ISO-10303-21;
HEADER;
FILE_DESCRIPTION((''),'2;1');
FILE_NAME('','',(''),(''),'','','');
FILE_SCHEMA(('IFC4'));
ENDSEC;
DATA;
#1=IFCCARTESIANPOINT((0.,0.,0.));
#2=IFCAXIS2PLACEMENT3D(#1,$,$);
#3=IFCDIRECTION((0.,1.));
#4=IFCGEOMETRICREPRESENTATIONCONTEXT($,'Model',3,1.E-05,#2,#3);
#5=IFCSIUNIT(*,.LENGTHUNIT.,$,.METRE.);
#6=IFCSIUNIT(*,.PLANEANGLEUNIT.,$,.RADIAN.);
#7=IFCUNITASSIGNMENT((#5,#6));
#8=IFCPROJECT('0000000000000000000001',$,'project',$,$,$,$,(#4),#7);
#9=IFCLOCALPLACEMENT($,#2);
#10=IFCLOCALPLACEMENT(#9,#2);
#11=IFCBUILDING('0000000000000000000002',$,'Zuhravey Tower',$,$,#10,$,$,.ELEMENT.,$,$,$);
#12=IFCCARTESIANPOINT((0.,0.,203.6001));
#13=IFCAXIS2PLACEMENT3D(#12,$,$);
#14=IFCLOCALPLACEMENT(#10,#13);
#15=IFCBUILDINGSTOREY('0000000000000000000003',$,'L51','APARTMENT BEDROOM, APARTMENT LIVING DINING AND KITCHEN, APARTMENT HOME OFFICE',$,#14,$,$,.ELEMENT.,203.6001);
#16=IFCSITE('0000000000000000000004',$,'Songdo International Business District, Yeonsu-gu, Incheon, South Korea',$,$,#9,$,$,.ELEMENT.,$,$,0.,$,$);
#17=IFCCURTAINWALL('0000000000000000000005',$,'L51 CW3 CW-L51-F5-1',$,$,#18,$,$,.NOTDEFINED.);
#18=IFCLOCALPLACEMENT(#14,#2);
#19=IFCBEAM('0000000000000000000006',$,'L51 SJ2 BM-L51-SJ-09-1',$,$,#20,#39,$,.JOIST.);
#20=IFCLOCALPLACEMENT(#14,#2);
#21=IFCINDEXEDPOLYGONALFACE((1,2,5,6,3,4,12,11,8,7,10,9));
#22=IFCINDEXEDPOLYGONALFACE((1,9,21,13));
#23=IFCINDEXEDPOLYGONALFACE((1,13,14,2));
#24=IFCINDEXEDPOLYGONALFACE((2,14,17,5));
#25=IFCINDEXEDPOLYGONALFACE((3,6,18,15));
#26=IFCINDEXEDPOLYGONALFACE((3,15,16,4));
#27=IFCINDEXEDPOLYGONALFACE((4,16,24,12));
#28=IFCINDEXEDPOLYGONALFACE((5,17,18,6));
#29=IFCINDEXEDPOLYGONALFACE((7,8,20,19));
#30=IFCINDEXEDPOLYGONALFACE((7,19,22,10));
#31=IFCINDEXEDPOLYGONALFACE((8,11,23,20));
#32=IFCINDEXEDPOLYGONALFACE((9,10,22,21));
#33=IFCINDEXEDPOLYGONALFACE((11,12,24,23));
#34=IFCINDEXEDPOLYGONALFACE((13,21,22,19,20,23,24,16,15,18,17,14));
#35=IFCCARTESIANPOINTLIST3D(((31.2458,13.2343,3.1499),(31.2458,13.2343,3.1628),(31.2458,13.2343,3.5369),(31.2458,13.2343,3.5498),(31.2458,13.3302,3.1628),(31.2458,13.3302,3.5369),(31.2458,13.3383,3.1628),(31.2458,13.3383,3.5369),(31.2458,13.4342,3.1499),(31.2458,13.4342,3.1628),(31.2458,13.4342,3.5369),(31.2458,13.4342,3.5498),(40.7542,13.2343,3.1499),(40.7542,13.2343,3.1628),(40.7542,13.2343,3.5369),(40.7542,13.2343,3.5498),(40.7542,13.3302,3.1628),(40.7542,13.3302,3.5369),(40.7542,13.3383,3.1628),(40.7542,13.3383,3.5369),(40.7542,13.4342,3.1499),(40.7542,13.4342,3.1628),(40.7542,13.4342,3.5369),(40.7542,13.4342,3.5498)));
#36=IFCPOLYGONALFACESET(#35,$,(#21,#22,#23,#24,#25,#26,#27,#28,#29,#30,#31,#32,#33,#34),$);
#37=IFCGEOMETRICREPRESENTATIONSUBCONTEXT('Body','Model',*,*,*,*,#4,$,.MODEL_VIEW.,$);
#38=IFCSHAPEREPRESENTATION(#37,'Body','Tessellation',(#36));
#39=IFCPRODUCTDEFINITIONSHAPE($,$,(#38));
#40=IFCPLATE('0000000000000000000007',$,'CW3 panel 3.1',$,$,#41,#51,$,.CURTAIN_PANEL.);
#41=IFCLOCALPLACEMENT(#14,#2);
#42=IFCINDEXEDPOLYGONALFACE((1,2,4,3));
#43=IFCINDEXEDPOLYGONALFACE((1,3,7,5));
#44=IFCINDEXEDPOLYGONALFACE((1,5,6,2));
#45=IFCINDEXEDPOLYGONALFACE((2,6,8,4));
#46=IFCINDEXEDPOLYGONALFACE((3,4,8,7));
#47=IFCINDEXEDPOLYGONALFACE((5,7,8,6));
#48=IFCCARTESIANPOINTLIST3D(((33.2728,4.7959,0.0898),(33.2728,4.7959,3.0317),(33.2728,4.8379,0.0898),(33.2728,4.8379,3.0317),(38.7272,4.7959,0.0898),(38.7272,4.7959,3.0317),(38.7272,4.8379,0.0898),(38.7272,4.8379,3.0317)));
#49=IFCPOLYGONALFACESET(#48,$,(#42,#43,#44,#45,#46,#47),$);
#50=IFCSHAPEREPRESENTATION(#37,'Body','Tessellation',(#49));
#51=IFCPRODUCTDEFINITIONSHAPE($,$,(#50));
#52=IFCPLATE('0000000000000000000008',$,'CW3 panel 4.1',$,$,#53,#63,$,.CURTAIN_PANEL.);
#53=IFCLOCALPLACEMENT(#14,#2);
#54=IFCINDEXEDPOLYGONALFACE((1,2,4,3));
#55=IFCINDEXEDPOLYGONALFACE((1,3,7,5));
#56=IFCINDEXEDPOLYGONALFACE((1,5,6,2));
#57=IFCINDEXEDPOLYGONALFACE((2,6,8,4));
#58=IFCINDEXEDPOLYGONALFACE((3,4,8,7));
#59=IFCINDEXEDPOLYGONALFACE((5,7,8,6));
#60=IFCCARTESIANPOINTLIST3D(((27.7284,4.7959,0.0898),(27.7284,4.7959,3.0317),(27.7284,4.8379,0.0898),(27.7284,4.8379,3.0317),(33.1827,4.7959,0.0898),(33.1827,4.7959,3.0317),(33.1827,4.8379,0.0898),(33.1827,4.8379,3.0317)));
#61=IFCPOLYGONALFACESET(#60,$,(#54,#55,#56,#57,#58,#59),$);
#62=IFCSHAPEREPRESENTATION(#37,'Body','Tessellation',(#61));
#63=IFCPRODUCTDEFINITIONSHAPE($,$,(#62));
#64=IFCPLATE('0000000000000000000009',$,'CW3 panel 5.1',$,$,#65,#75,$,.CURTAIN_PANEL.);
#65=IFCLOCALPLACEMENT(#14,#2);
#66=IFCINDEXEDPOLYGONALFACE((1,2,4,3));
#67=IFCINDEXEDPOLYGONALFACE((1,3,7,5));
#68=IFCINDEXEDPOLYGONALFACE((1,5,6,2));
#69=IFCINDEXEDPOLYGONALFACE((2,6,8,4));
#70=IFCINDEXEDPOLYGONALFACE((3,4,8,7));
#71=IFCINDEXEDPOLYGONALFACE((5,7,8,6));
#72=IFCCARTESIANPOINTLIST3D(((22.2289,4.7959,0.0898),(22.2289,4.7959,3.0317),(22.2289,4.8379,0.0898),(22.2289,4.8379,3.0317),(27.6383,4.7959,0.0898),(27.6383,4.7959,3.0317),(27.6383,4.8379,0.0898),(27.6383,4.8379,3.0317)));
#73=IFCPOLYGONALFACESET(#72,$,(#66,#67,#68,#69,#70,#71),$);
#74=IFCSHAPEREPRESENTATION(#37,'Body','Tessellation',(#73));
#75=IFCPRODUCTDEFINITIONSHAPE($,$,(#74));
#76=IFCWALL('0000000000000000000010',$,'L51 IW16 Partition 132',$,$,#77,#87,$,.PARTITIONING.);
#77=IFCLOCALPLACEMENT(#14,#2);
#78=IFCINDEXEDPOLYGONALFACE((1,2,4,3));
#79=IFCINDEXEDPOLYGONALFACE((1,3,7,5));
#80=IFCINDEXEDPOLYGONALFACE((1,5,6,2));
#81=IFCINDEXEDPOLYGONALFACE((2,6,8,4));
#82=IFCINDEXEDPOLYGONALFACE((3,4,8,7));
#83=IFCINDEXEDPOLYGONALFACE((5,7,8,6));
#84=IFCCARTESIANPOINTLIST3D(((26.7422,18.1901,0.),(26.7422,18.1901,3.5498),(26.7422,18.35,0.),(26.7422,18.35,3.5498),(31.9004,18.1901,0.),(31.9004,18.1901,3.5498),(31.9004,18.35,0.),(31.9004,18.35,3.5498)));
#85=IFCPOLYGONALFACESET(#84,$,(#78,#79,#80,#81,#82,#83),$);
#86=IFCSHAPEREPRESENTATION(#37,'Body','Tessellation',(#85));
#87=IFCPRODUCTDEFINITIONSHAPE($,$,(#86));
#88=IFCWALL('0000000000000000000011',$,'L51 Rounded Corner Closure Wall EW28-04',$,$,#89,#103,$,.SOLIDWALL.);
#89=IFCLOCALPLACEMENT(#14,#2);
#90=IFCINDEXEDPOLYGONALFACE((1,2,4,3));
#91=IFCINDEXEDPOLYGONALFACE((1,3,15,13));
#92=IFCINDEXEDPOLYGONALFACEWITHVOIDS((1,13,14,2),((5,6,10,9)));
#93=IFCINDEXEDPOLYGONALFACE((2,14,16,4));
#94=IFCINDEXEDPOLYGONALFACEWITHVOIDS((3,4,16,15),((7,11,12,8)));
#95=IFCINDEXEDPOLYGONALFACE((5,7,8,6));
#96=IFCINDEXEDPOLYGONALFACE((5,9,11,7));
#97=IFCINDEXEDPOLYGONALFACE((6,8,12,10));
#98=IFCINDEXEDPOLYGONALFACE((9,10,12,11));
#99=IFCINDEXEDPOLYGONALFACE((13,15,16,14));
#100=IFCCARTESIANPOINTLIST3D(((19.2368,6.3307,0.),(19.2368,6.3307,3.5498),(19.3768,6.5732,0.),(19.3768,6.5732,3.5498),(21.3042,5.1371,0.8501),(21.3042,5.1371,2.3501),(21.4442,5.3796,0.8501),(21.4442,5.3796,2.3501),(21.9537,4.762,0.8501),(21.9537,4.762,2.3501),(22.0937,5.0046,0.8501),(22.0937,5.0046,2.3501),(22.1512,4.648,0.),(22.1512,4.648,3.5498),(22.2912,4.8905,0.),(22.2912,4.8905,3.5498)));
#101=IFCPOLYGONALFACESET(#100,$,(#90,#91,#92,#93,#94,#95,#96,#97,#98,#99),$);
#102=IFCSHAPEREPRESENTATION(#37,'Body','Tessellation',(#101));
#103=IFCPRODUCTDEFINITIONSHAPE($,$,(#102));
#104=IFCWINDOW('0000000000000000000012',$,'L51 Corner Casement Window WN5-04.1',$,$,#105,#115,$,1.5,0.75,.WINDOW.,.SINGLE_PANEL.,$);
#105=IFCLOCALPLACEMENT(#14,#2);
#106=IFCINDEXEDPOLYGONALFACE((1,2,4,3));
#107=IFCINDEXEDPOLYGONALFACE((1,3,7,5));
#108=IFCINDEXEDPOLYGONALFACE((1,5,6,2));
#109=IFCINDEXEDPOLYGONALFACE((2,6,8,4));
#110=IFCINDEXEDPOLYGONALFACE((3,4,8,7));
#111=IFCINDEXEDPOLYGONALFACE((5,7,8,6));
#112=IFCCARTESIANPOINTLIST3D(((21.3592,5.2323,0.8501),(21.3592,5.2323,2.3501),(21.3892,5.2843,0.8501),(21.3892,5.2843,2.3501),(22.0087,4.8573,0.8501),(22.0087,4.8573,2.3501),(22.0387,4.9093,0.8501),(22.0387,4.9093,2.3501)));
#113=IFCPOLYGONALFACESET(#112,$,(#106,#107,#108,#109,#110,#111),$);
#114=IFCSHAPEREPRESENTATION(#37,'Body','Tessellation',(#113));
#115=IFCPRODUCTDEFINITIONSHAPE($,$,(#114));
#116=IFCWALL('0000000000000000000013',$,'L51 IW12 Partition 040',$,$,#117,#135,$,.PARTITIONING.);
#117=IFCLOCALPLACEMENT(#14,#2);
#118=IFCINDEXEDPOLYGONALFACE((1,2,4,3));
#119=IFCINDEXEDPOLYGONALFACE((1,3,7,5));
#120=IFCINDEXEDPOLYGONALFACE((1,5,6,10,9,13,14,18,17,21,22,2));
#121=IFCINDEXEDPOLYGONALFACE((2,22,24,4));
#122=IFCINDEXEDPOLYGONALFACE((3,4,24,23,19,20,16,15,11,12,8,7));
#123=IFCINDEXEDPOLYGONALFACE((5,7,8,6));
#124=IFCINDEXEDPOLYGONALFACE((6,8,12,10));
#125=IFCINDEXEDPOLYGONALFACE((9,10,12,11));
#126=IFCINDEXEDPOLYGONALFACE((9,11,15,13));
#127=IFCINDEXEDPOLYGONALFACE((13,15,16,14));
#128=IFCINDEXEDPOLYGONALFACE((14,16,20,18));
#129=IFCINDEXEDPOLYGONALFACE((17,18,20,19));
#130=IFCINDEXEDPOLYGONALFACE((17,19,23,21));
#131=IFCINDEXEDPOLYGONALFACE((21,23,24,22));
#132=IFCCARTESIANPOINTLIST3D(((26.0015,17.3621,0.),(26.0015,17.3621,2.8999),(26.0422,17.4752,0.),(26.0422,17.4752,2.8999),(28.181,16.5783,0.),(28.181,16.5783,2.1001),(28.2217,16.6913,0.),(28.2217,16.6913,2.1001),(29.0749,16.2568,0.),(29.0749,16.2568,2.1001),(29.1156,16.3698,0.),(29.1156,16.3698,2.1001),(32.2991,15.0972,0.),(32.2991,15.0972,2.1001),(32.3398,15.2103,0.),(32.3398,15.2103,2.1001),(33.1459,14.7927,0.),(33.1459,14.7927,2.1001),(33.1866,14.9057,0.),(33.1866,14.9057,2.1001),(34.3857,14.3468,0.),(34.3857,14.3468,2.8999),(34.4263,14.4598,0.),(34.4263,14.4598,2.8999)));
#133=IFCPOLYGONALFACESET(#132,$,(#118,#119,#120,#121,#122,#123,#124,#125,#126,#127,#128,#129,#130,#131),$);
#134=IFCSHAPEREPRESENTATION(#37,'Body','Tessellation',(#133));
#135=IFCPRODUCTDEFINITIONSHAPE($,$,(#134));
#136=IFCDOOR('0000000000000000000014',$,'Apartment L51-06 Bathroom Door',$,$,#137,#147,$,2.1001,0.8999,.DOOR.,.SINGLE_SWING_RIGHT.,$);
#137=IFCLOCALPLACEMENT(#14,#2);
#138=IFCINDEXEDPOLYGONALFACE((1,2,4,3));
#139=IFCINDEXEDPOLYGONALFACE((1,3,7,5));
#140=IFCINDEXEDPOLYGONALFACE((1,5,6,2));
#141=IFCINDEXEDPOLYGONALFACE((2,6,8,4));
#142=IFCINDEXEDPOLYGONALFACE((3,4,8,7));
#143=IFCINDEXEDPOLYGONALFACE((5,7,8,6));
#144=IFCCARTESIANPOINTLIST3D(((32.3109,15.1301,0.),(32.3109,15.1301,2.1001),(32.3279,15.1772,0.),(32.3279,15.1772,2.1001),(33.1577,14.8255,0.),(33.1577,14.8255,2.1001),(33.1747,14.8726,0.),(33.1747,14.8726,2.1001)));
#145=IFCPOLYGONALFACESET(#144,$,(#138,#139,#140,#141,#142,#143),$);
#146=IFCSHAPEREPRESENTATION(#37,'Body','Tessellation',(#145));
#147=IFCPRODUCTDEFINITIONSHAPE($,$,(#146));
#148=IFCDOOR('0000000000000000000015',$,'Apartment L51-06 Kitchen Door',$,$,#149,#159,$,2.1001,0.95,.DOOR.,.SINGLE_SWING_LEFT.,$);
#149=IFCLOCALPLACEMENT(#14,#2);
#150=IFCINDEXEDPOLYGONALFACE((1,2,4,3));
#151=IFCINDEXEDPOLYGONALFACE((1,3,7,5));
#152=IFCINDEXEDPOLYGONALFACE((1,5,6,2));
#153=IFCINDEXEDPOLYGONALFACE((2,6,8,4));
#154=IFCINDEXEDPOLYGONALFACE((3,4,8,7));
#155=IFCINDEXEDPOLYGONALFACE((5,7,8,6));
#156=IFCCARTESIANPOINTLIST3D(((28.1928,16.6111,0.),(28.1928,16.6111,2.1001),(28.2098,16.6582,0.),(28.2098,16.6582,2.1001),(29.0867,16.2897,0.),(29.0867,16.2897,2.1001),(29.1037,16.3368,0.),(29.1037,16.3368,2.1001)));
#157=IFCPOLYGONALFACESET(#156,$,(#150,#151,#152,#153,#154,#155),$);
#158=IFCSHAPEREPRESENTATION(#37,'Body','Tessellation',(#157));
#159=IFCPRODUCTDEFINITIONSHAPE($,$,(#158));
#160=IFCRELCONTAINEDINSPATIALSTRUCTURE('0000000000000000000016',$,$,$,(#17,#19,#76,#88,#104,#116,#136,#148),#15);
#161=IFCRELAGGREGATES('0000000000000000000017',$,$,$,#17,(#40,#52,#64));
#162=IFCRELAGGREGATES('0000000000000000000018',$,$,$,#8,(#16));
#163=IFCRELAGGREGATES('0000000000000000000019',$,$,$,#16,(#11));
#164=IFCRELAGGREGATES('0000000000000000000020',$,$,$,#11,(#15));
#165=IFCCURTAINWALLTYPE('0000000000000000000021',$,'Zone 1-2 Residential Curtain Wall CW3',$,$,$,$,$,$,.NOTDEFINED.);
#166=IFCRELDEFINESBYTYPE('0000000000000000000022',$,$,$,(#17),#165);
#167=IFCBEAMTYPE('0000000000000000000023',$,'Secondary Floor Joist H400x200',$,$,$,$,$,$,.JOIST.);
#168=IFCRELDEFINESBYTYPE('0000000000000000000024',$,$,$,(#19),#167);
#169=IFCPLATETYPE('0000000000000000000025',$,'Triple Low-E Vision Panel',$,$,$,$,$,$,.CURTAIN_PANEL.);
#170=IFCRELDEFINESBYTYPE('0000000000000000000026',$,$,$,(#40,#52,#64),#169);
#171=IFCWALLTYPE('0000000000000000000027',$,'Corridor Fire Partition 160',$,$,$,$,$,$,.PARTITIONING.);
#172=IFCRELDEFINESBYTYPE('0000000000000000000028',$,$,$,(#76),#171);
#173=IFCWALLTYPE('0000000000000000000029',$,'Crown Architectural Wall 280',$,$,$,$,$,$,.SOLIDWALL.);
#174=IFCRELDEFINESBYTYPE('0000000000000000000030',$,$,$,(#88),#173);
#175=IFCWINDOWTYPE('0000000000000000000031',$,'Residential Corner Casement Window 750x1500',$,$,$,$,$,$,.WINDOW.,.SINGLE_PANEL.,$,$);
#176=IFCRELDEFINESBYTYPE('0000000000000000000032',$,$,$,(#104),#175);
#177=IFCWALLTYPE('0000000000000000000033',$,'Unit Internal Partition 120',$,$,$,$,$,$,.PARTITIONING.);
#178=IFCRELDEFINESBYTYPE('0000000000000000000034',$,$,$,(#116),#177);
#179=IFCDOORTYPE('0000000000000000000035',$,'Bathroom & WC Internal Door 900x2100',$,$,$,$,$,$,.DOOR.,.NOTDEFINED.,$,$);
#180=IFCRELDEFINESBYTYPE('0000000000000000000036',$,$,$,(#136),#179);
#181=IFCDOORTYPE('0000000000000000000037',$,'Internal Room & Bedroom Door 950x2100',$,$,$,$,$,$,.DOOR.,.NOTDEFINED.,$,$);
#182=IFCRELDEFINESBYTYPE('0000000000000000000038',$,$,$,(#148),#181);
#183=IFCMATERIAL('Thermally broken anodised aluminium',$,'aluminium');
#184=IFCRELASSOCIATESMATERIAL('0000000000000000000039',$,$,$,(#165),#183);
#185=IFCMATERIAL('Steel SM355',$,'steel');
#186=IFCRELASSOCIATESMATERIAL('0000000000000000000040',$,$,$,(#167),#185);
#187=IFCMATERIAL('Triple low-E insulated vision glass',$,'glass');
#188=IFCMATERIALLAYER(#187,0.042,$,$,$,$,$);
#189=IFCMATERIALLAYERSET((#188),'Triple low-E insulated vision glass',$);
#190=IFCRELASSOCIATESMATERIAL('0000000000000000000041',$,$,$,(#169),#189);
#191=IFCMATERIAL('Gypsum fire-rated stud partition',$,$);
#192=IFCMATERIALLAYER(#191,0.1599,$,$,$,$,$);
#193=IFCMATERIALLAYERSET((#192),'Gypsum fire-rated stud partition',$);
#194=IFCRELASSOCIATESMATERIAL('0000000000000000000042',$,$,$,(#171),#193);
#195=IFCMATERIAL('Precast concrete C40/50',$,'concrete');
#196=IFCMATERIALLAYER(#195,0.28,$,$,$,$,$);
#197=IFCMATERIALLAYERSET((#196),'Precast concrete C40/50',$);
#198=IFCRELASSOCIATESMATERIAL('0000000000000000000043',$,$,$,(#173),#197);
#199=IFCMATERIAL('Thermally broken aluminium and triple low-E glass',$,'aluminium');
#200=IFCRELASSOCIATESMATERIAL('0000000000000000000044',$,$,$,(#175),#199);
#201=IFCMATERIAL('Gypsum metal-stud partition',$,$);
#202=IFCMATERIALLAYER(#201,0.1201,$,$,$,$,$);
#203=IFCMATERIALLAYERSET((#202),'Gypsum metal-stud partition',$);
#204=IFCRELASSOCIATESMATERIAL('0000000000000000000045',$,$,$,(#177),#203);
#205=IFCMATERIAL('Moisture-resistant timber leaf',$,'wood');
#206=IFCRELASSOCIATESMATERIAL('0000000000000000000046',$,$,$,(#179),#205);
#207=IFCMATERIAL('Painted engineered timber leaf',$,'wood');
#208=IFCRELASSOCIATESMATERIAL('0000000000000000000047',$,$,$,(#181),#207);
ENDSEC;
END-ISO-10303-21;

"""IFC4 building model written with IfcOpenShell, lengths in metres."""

from ifc_helpers import new_model, si_unit, direction, frame, frame_2d, origin, origin_2d, place, context, subcontext, project, spatial, rectangle, i_section, extrude, material, layer, layer_set, material_profile, profile_set, type_object, element, fill, aggregate, save


model = new_model("IFC4")

# Units and contexts
model_context = context("Model", 3, precision=1e-05, world=origin(), true_north=direction((0.0, 1.0)))
body_context = subcontext(model_context, "Body", "Model", "MODEL_VIEW")
ifc_project = project(units=[si_unit("LENGTHUNIT", "METRE"), si_unit("PLANEANGLEUNIT", "RADIAN")], contexts=[model_context])

# Site, building, storey
site_placement = place(None, origin())
site = spatial("IfcSite", under=ifc_project, at=site_placement, Name="Songdo International Business District, Yeonsu-gu, Incheon, South Korea", CompositionType="ELEMENT", RefElevation=0.0)
building_placement = place(site_placement, origin())
building = spatial("IfcBuilding", under=site, at=building_placement, Name="Zuhravey Tower", CompositionType="ELEMENT")
storey_placement = place(building_placement, frame((0.0, 0.0, 203.6001)))
storey = spatial("IfcBuildingStorey", under=building, at=storey_placement, Name="L51", Description="APARTMENT BEDROOM, APARTMENT LIVING DINING AND KITCHEN, APARTMENT HOME OFFICE", CompositionType="ELEMENT", Elevation=203.6001)

# Curtain wall
ifc_material_1 = material(Name="Thermally broken anodised aluminium", Category="aluminium")
curtain_wall_type = type_object("IfcCurtainWallType", Name="Zone 1-2 Residential Curtain Wall CW3", PredefinedType="NOTDEFINED", material=ifc_material_1)
curtain_wall_placement = place(storey_placement, origin())
curtain_wall = element("IfcCurtainWall", 1, at=curtain_wall_placement, inside=storey, type_object=curtain_wall_type, Name="L51 CW3 CW-L51-F5-1", PredefinedType="NOTDEFINED")

# Beam
ifc_material_2 = material(Name="Steel SM355", Category="steel")
ifc_material_profile_1 = material_profile(ifc_material_2, i_section(OverallWidth=0.2, OverallDepth=0.3999, WebThickness=0.0081, FlangeThickness=0.0129, at=origin_2d()), Name="H-400x200x8x13")
ifc_profile_set_1 = profile_set([ifc_material_profile_1], Name="Steel SM355")
beam_type_1 = type_object("IfcBeamType", Name="Secondary Floor Joist H400x200", PredefinedType="JOIST", material=ifc_profile_set_1)
beam_1_placement = place(storey_placement, frame((31.2458, 13.3342, 3.3499), z_axis=(1.0, 0.0, 0.0), x_axis=(0.0, 1.0, 0.0)))
element("IfcBeam", 2, at=beam_1_placement, inside=storey, type_object=beam_type_1, Name="L51 SJ2 BM-L51-SJ-09-1", PredefinedType="JOIST", context=body_context, shape_type="SweptSolid", body=[
    extrude(i_section(OverallWidth=0.2, OverallDepth=0.3999, WebThickness=0.0081, FlangeThickness=0.0129, at=origin_2d()), origin(), (0.0, 0.0, 1.0), 9.5083),
])

# Plates
ifc_material_3 = material(Name="Triple low-E insulated vision glass", Category="glass")
ifc_layer_1 = layer(ifc_material_3, 0.042)
ifc_layer_set_1 = layer_set([ifc_layer_1], Name="Triple low-E insulated vision glass")
plate_type = type_object("IfcPlateType", Name="Triple Low-E Vision Panel", PredefinedType="CURTAIN_PANEL", material=ifc_layer_set_1)
plate_1_placement = place(storey_placement, frame((36.0, 4.8169, 0.0898), z_axis=(0.0, 0.0, 1.0), x_axis=(-1.0, 0.0, 0.0)))
plate_1 = element("IfcPlate", 3, at=plate_1_placement, type_object=plate_type, Name="CW3 panel 3.1", PredefinedType="CURTAIN_PANEL", context=body_context, shape_type="SweptSolid", body=[
    extrude(rectangle(XDim=5.4543, YDim=0.042, at=origin_2d()), origin(), (0.0, 0.0, 1.0), 2.9419),
])
plate_2_placement = place(storey_placement, frame((30.4556, 4.8169, 0.0898), z_axis=(0.0, 0.0, 1.0), x_axis=(-1.0, 0.0, 0.0)))
plate_2 = element("IfcPlate", 4, at=plate_2_placement, type_object=plate_type, Name="CW3 panel 4.1", PredefinedType="CURTAIN_PANEL", context=body_context, shape_type="SweptSolid", body=[
    extrude(rectangle(XDim=5.4543, YDim=0.042, at=origin_2d()), origin(), (0.0, 0.0, 1.0), 2.9419),
])
plate_3_placement = place(storey_placement, frame((24.9336, 4.8169, 0.0898), z_axis=(0.0, 0.0, 1.0), x_axis=(-1.0, 0.0, 0.0)))
plate_3 = element("IfcPlate", 5, at=plate_3_placement, type_object=plate_type, Name="CW3 panel 5.1", PredefinedType="CURTAIN_PANEL", context=body_context, shape_type="SweptSolid", body=[
    extrude(rectangle(XDim=5.4094, YDim=0.042, at=origin_2d()), origin(), (0.0, 0.0, 1.0), 2.9419),
])
aggregate(curtain_wall, [plate_1, plate_2, plate_3])

# Wall
ifc_material_4 = material(Name="Gypsum fire-rated stud partition")
ifc_layer_2 = layer(ifc_material_4, 0.1599)
ifc_layer_set_2 = layer_set([ifc_layer_2], Name="Gypsum fire-rated stud partition")
wall_type_1 = type_object("IfcWallType", Name="Corridor Fire Partition 160", PredefinedType="PARTITIONING", material=ifc_layer_set_2)
wall_1_placement = place(storey_placement, frame((26.7422, 18.27, 0.0), z_axis=(0.0, 0.0, 1.0), x_axis=(1.0, 0.0, 0.0)))
element("IfcWall", 6, at=wall_1_placement, inside=storey, type_object=wall_type_1, Name="L51 IW16 Partition 132", PredefinedType="PARTITIONING", context=body_context, shape_type="SweptSolid", body=[
    extrude(rectangle(XDim=5.1582, YDim=0.1599, at=frame_2d((2.5791, 0.0))), origin(), (0.0, 0.0, 1.0), 3.5498),
])

# Wall, opening, window
ifc_material_5 = material(Name="Precast concrete C40/50", Category="concrete")
ifc_layer_3 = layer(ifc_material_5, 0.28)
ifc_layer_set_3 = layer_set([ifc_layer_3], Name="Precast concrete C40/50")
wall_type_2 = type_object("IfcWallType", Name="Crown Architectural Wall 280", PredefinedType="SOLIDWALL", material=ifc_layer_set_3)
wall_2_placement = place(storey_placement, frame((22.2212, 4.7693, 0.0), z_axis=(0.0, 0.0, 1.0), x_axis=(-0.86602, 0.500009, 0.0)))
wall_2 = element("IfcWall", 7, at=wall_2_placement, inside=storey, type_object=wall_type_2, Name="L51 Rounded Corner Closure Wall EW28-04", PredefinedType="SOLIDWALL", context=body_context, shape_type="SweptSolid", body=[
    extrude(rectangle(XDim=3.3652, YDim=0.28, at=frame_2d((1.6826, 0.0))), origin(), (0.0, 0.0, 1.0), 3.5498),
])
opening_1_placement = place(wall_2_placement, frame((0.228, 0.0, 0.8501)))
opening_1 = element("IfcOpeningElement", 8, at=opening_1_placement, cuts=wall_2, PredefinedType="OPENING", context=body_context, shape_type="SweptSolid", body=[
    extrude(rectangle(XDim=0.75, YDim=1.5, at=frame_2d((0.375, 0.75))), frame((0.0, 0.1521, 0.0), z_axis=(0.0, -1.0, 0.0), x_axis=(1.0, 0.0, 0.0)), (0.0, 0.0, 1.0), 0.304),
])
ifc_material_6 = material(Name="Thermally broken aluminium and triple low-E glass", Category="aluminium")
window_type = type_object("IfcWindowType", Name="Residential Corner Casement Window 750x1500", PartitioningType="SINGLE_PANEL", PredefinedType="WINDOW", material=ifc_material_6)
window_placement = place(opening_1_placement, origin())
window = element("IfcWindow", 9, at=window_placement, inside=storey, type_object=window_type, Name="L51 Corner Casement Window WN5-04.1", OverallHeight=1.5, OverallWidth=0.75, PartitioningType="SINGLE_PANEL", PredefinedType="WINDOW", context=body_context, shape_type="SweptSolid", body=[
    extrude(rectangle(XDim=0.75, YDim=1.5, at=frame_2d((0.375, 0.75))), frame((0.0, 0.03, 0.0), z_axis=(0.0, -1.0, 0.0), x_axis=(1.0, 0.0, 0.0)), (0.0, 0.0, 1.0), 0.0601),
])
fill(opening_1, window)

# Wall, openings, doors
ifc_material_7 = material(Name="Gypsum metal-stud partition")
ifc_layer_4 = layer(ifc_material_7, 0.1201)
ifc_layer_set_4 = layer_set([ifc_layer_4], Name="Gypsum metal-stud partition")
wall_type_3 = type_object("IfcWallType", Name="Unit Internal Partition 120", PredefinedType="PARTITIONING", material=ifc_layer_set_4)
wall_3_placement = place(storey_placement, frame((26.0217, 17.4187, 0.0), z_axis=(0.0, 0.0, 1.0), x_axis=(0.940993, -0.338425, 0.0)))
wall_3 = element("IfcWall", 10, at=wall_3_placement, inside=storey, type_object=wall_type_3, Name="L51 IW12 Partition 040", PredefinedType="PARTITIONING", context=body_context, shape_type="SweptSolid", body=[
    extrude(rectangle(XDim=8.9099, YDim=0.1201, at=frame_2d((4.4551, 0.0))), origin(), (0.0, 0.0, 1.0), 2.8999),
])
opening_2_placement = place(wall_3_placement, frame((2.3162, 0.0, 0.0)))
opening_2 = element("IfcOpeningElement", 11, at=opening_2_placement, cuts=wall_3, PredefinedType="OPENING", context=body_context, shape_type="SweptSolid", body=[
    extrude(rectangle(XDim=0.95, YDim=2.1001, at=frame_2d((0.4751, 1.05))), frame((0.0, 0.072, 0.0), z_axis=(0.0, -1.0, 0.0), x_axis=(1.0, 0.0, 0.0)), (0.0, 0.0, 1.0), 0.144),
])
opening_3_placement = place(wall_3_placement, frame((6.6926, 0.0, 0.0)))
opening_3 = element("IfcOpeningElement", 12, at=opening_3_placement, cuts=wall_3, PredefinedType="OPENING", context=body_context, shape_type="SweptSolid", body=[
    extrude(rectangle(XDim=0.8999, YDim=2.1001, at=frame_2d((0.45, 1.05))), frame((0.0, 0.072, 0.0), z_axis=(0.0, -1.0, 0.0), x_axis=(1.0, 0.0, 0.0)), (0.0, 0.0, 1.0), 0.144),
])
ifc_material_8 = material(Name="Moisture-resistant timber leaf", Category="wood")
door_type_1 = type_object("IfcDoorType", Name="Bathroom & WC Internal Door 900x2100", OperationType="NOTDEFINED", PredefinedType="DOOR", material=ifc_material_8)
door_1_placement = place(opening_3_placement, origin())
door_1 = element("IfcDoor", 13, at=door_1_placement, inside=storey, type_object=door_type_1, Name="Apartment L51-06 Bathroom Door", OperationType="SINGLE_SWING_RIGHT", OverallHeight=2.1001, OverallWidth=0.8999, PredefinedType="DOOR", context=body_context, shape_type="SweptSolid", body=[
    extrude(rectangle(XDim=0.8999, YDim=2.1001, at=frame_2d((0.45, 1.05))), frame((0.0, 0.0249, 0.0), z_axis=(0.0, -1.0, 0.0), x_axis=(1.0, 0.0, 0.0)), (0.0, 0.0, 1.0), 0.05),
])
fill(opening_3, door_1)
ifc_material_9 = material(Name="Painted engineered timber leaf", Category="wood")
door_type_2 = type_object("IfcDoorType", Name="Internal Room & Bedroom Door 950x2100", OperationType="NOTDEFINED", PredefinedType="DOOR", material=ifc_material_9)
door_2_placement = place(opening_2_placement, origin())
door_2 = element("IfcDoor", 14, at=door_2_placement, inside=storey, type_object=door_type_2, Name="Apartment L51-06 Kitchen Door", OperationType="SINGLE_SWING_LEFT", OverallHeight=2.1001, OverallWidth=0.95, PredefinedType="DOOR", context=body_context, shape_type="SweptSolid", body=[
    extrude(rectangle(XDim=0.95, YDim=2.1001, at=frame_2d((0.4751, 1.05))), frame((0.0, 0.0249, 0.0), z_axis=(0.0, -1.0, 0.0), x_axis=(1.0, 0.0, 0.0)), (0.0, 0.0, 1.0), 0.05),
])
fill(opening_2, door_2)

save(model, "model.ifc")
